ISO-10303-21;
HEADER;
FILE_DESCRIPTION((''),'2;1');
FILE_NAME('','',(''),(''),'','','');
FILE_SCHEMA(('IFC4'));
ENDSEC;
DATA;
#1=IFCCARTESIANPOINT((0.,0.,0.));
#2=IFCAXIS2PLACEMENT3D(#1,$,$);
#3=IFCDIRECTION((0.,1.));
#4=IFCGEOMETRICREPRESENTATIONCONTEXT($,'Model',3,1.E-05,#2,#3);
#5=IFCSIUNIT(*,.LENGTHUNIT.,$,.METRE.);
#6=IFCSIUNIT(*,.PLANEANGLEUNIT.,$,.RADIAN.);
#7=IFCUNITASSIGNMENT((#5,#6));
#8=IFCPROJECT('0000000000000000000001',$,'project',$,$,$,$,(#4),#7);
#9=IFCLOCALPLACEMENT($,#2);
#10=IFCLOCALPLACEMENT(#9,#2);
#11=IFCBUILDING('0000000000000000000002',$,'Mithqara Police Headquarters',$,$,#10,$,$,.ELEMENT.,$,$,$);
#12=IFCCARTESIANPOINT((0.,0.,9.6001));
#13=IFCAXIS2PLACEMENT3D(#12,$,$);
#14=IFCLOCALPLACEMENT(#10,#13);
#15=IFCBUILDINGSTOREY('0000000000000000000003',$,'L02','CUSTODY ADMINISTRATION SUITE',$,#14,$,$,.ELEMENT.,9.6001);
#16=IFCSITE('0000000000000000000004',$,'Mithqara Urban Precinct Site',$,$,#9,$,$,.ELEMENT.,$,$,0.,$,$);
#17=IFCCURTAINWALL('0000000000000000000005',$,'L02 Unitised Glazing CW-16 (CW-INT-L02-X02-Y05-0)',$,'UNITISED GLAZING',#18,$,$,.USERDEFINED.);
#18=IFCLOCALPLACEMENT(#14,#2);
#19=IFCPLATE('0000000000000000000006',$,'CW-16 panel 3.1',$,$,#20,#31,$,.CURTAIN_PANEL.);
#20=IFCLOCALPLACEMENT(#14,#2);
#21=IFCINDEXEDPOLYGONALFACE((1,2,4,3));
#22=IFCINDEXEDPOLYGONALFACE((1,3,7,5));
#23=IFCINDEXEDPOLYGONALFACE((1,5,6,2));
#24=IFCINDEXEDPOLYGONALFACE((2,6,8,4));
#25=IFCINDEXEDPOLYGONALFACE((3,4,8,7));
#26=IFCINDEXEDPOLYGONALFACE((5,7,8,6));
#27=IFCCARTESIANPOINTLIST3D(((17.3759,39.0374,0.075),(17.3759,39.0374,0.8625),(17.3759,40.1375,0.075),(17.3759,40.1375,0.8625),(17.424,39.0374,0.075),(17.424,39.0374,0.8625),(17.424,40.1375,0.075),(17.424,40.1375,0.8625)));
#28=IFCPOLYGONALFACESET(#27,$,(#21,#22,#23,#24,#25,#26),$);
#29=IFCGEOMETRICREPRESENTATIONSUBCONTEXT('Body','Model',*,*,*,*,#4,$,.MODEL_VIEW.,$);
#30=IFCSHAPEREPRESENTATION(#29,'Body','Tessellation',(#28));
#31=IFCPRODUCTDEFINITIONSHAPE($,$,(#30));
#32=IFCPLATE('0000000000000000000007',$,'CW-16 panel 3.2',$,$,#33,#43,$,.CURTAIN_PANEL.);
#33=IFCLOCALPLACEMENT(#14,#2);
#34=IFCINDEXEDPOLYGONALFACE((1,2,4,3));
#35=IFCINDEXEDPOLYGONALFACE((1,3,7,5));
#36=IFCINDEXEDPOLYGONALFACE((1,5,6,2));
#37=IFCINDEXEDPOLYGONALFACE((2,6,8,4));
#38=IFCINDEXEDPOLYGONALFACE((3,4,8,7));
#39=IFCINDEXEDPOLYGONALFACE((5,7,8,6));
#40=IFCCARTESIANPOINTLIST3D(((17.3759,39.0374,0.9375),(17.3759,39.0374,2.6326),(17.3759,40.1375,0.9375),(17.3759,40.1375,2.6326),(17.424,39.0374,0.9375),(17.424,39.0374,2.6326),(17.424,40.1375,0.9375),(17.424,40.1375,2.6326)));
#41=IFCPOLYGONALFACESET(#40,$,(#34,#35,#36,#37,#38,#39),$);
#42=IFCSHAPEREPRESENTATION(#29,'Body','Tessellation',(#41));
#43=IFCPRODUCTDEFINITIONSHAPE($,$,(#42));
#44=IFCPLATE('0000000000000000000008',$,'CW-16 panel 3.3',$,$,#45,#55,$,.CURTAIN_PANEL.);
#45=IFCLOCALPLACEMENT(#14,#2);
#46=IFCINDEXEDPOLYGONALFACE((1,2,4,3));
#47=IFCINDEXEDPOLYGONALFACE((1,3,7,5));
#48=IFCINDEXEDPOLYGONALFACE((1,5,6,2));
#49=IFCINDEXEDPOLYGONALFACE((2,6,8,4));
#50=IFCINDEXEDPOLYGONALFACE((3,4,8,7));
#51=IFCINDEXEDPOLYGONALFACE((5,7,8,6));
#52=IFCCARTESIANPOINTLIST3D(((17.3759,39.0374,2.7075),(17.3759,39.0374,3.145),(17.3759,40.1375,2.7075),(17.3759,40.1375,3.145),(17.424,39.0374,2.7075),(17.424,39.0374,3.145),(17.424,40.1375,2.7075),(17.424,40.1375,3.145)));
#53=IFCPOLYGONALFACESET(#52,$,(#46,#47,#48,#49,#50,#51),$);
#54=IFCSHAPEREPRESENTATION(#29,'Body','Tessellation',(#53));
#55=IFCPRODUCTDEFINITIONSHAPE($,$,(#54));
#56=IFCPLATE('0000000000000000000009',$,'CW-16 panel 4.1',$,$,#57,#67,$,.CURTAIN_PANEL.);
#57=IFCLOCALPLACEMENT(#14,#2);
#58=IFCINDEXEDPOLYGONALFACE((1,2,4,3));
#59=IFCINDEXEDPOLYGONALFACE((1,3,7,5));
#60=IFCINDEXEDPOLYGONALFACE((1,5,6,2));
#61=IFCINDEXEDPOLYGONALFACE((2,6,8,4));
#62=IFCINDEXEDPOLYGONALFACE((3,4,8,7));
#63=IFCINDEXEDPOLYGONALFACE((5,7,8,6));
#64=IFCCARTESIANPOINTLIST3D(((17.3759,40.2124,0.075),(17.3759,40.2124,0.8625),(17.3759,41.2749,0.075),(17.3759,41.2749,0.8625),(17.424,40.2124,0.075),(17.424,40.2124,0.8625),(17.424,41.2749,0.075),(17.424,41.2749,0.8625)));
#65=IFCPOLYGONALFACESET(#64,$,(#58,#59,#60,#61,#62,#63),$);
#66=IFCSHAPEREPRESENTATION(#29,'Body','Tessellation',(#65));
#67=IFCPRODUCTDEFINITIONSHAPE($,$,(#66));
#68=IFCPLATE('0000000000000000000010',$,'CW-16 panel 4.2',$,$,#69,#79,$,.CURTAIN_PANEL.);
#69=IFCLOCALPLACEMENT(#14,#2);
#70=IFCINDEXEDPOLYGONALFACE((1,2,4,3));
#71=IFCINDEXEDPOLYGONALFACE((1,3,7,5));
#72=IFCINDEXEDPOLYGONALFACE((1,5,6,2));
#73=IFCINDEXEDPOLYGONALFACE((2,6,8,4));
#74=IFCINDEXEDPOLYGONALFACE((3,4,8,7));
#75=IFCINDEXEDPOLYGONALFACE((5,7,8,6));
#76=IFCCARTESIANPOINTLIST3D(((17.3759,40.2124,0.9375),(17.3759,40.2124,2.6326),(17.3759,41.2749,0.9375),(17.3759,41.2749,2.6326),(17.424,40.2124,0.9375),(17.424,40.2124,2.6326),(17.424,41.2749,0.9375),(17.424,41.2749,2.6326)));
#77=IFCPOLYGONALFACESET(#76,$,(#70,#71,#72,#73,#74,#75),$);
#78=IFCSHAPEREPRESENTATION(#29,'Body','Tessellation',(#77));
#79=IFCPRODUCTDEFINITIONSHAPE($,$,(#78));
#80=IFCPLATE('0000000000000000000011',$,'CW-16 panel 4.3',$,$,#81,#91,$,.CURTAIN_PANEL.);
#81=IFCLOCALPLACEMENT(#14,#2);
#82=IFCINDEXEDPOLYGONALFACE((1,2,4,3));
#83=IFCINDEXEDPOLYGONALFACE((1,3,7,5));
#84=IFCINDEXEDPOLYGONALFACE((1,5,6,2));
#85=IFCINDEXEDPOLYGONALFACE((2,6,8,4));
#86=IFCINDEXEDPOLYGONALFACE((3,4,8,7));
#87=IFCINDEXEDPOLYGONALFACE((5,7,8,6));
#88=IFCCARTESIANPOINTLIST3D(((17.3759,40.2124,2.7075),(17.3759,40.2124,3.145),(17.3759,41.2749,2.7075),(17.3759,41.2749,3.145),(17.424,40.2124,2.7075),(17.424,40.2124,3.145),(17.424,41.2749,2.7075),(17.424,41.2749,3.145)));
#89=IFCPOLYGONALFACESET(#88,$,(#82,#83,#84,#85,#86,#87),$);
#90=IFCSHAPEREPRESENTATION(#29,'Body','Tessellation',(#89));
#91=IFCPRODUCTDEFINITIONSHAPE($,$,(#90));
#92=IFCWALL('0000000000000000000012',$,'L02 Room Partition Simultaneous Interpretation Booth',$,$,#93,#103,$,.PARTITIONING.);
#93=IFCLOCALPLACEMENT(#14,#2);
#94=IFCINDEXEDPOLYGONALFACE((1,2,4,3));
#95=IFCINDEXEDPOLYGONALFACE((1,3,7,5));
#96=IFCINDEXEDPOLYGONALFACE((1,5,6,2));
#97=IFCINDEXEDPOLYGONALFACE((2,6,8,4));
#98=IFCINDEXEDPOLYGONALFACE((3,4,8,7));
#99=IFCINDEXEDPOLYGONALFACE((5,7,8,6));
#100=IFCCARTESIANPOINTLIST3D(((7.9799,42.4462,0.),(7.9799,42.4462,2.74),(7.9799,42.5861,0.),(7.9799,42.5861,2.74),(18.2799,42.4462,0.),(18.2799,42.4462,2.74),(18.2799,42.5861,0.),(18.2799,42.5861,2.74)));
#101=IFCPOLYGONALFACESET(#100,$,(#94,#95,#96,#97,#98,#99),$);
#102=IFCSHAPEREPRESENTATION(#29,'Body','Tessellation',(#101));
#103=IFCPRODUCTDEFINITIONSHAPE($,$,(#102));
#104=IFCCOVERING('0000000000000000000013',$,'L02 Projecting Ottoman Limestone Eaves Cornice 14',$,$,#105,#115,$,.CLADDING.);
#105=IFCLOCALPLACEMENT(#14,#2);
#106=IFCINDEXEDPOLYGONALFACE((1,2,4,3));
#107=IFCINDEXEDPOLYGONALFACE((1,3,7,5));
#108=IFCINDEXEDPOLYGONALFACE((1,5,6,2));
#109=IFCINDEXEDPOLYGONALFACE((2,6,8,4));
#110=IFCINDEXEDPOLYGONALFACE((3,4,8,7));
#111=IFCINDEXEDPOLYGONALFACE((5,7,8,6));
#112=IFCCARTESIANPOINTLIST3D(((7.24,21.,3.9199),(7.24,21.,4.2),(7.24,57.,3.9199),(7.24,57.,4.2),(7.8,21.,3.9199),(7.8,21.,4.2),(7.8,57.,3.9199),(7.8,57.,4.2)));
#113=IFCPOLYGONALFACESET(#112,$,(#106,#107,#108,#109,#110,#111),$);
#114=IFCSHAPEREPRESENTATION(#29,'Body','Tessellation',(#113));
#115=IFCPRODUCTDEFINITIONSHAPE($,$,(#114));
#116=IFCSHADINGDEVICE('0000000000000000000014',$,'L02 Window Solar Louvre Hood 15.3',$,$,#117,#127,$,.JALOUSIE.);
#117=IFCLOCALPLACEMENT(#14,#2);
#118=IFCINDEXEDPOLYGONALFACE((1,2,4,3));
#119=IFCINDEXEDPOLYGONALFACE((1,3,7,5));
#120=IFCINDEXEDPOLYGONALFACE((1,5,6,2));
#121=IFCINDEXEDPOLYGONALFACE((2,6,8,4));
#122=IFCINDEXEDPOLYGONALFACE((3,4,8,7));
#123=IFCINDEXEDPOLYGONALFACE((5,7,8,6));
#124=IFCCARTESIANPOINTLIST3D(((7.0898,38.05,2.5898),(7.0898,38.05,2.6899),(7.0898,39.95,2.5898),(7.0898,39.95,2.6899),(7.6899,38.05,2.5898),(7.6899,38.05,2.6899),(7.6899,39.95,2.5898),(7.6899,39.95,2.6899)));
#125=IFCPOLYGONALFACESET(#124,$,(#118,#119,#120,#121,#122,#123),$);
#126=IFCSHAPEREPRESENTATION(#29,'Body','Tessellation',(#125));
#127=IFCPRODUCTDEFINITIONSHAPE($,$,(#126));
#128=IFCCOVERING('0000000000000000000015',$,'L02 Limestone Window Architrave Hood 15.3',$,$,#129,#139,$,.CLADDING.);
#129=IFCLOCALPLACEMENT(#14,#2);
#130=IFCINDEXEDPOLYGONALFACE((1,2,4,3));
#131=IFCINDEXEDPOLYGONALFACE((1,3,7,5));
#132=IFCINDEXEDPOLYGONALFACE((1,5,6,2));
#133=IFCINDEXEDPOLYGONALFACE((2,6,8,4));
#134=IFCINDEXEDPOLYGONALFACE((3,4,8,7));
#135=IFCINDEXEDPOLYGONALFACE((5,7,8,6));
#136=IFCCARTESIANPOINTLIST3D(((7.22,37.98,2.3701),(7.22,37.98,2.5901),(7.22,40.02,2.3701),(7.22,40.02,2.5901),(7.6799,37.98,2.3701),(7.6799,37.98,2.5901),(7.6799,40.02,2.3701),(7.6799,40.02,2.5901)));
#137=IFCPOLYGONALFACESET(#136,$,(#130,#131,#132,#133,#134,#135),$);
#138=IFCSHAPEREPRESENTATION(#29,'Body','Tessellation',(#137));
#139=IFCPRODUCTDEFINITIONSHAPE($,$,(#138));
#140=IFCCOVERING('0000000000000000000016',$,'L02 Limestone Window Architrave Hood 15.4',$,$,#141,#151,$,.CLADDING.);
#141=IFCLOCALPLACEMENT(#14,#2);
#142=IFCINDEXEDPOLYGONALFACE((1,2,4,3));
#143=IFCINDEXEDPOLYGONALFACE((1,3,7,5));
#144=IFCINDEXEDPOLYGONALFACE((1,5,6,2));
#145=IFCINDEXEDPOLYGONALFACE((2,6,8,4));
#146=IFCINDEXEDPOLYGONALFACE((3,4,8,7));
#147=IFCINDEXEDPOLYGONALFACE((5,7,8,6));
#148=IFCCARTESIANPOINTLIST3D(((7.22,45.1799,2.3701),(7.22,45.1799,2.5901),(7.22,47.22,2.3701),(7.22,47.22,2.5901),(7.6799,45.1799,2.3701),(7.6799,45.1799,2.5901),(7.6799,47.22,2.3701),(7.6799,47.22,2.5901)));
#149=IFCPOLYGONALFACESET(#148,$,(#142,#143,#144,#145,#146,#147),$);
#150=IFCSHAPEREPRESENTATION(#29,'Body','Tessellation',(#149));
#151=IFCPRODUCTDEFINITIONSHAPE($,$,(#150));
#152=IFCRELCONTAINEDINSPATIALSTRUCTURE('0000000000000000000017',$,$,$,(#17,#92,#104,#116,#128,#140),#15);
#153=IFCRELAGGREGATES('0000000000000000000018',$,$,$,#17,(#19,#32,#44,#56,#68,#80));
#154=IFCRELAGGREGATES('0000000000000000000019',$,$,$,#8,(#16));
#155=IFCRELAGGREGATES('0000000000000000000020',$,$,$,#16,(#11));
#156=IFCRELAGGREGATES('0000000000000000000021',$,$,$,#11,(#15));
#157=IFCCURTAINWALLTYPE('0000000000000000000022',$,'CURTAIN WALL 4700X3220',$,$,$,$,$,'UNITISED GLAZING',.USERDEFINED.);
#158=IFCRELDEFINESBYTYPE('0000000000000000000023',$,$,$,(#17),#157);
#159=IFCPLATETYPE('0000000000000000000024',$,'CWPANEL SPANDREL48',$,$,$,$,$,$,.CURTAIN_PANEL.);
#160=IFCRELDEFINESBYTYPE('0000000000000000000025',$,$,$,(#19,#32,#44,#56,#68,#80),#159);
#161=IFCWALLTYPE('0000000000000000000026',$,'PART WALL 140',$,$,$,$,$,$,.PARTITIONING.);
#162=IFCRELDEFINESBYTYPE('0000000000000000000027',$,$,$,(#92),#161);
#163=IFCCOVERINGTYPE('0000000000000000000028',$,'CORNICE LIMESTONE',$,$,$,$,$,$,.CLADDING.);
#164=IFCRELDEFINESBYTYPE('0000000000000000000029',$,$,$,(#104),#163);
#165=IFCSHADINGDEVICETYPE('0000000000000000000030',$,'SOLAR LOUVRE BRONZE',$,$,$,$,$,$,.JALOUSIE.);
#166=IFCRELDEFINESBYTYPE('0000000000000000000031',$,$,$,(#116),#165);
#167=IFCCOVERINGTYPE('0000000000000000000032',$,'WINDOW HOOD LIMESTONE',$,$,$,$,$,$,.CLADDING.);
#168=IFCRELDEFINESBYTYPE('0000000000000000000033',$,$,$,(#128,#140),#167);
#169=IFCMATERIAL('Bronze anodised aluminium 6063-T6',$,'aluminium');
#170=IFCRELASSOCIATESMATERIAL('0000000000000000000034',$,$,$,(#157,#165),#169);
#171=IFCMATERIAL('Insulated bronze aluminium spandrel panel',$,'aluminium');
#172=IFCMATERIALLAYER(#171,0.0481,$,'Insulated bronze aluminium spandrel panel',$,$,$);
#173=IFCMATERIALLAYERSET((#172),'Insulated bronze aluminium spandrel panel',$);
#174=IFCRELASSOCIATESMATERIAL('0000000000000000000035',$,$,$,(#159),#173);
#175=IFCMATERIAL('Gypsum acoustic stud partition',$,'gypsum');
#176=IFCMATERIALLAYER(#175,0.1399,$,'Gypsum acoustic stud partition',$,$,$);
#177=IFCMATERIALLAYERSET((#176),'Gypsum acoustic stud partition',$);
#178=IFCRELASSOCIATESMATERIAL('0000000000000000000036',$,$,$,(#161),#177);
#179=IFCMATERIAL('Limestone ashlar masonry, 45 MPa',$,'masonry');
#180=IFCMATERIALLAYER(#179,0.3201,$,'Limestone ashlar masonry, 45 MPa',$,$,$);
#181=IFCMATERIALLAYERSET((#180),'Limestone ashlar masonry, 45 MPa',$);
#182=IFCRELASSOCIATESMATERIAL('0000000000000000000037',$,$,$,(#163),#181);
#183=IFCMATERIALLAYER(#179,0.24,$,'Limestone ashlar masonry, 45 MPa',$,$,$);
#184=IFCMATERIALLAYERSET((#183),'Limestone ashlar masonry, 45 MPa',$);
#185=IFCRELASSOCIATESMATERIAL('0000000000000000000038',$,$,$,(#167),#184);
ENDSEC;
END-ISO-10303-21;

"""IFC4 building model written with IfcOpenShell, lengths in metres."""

from ifc_helpers import new_model, si_unit, direction, frame, frame_2d, origin, origin_2d, place, context, subcontext, project, spatial, rectangle, extrude, material, layer, layer_set, type_object, element, aggregate, save


model = new_model("IFC4")

# Units and contexts
model_context = context("Model", 3, precision=1e-05, world=origin(), true_north=direction((0.0, 1.0)))
body_context = subcontext(model_context, "Body", "Model", "MODEL_VIEW")
ifc_project = project(units=[si_unit("LENGTHUNIT", "METRE"), si_unit("PLANEANGLEUNIT", "RADIAN")], contexts=[model_context])

# Site, building, storey
site_placement = place(None, origin())
site = spatial("IfcSite", under=ifc_project, at=site_placement, Name="Mithqara Urban Precinct Site", CompositionType="ELEMENT", RefElevation=0.0)
building_placement = place(site_placement, origin())
building = spatial("IfcBuilding", under=site, at=building_placement, Name="Mithqara Police Headquarters", CompositionType="ELEMENT")
storey_placement = place(building_placement, frame((0.0, 0.0, 9.6001)))
storey = spatial("IfcBuildingStorey", under=building, at=storey_placement, Name="L02", Description="CUSTODY ADMINISTRATION SUITE", CompositionType="ELEMENT", Elevation=9.6001)

# Curtain wall
ifc_material_1 = material(Name="Bronze anodised aluminium 6063-T6", Category="aluminium")
curtain_wall_type = type_object("IfcCurtainWallType", Name="CURTAIN WALL 4700X3220", ElementType="UNITISED GLAZING", PredefinedType="USERDEFINED", material=ifc_material_1)
curtain_wall_placement = place(storey_placement, origin())
curtain_wall = element("IfcCurtainWall", 1, at=curtain_wall_placement, inside=storey, type_object=curtain_wall_type, Name="L02 Unitised Glazing CW-16 (CW-INT-L02-X02-Y05-0)", ObjectType="UNITISED GLAZING", PredefinedType="USERDEFINED")

# Plates
ifc_material_2 = material(Name="Insulated bronze aluminium spandrel panel", Category="aluminium")
ifc_layer_1 = layer(ifc_material_2, 0.0481, Name="Insulated bronze aluminium spandrel panel")
ifc_layer_set_1 = layer_set([ifc_layer_1], Name="Insulated bronze aluminium spandrel panel")
plate_type = type_object("IfcPlateType", Name="CWPANEL SPANDREL48", PredefinedType="CURTAIN_PANEL", material=ifc_layer_set_1)
plate_1_placement = place(storey_placement, frame((17.3999, 39.5874, 0.075), z_axis=(0.0, 0.0, 1.0), x_axis=(0.0, 1.0, 0.0)))
plate_1 = element("IfcPlate", 2, at=plate_1_placement, type_object=plate_type, Name="CW-16 panel 3.1", PredefinedType="CURTAIN_PANEL", context=body_context, shape_type="SweptSolid", body=[
    extrude(rectangle(XDim=1.1001, YDim=0.0481, at=origin_2d()), origin(), (0.0, 0.0, 1.0), 0.7876),
])
plate_2_placement = place(storey_placement, frame((17.3999, 39.5874, 0.9375), z_axis=(0.0, 0.0, 1.0), x_axis=(0.0, 1.0, 0.0)))
plate_2 = element("IfcPlate", 3, at=plate_2_placement, type_object=plate_type, Name="CW-16 panel 3.2", PredefinedType="CURTAIN_PANEL", context=body_context, shape_type="SweptSolid", body=[
    extrude(rectangle(XDim=1.1001, YDim=0.0481, at=origin_2d()), origin(), (0.0, 0.0, 1.0), 1.6951),
])
plate_3_placement = place(storey_placement, frame((17.3999, 39.5874, 2.7075), z_axis=(0.0, 0.0, 1.0), x_axis=(0.0, 1.0, 0.0)))
plate_3 = element("IfcPlate", 4, at=plate_3_placement, type_object=plate_type, Name="CW-16 panel 3.3", PredefinedType="CURTAIN_PANEL", context=body_context, shape_type="SweptSolid", body=[
    extrude(rectangle(XDim=1.1001, YDim=0.0481, at=origin_2d()), origin(), (0.0, 0.0, 1.0), 0.4375),
])
plate_4_placement = place(storey_placement, frame((17.3999, 40.7437, 0.075), z_axis=(0.0, 0.0, 1.0), x_axis=(0.0, 1.0, 0.0)))
plate_4 = element("IfcPlate", 5, at=plate_4_placement, type_object=plate_type, Name="CW-16 panel 4.1", PredefinedType="CURTAIN_PANEL", context=body_context, shape_type="SweptSolid", body=[
    extrude(rectangle(XDim=1.0625, YDim=0.0481, at=origin_2d()), origin(), (0.0, 0.0, 1.0), 0.7876),
])
plate_5_placement = place(storey_placement, frame((17.3999, 40.7437, 0.9375), z_axis=(0.0, 0.0, 1.0), x_axis=(0.0, 1.0, 0.0)))
plate_5 = element("IfcPlate", 6, at=plate_5_placement, type_object=plate_type, Name="CW-16 panel 4.2", PredefinedType="CURTAIN_PANEL", context=body_context, shape_type="SweptSolid", body=[
    extrude(rectangle(XDim=1.0625, YDim=0.0481, at=origin_2d()), origin(), (0.0, 0.0, 1.0), 1.6951),
])
plate_6_placement = place(storey_placement, frame((17.3999, 40.7437, 2.7075), z_axis=(0.0, 0.0, 1.0), x_axis=(0.0, 1.0, 0.0)))
plate_6 = element("IfcPlate", 7, at=plate_6_placement, type_object=plate_type, Name="CW-16 panel 4.3", PredefinedType="CURTAIN_PANEL", context=body_context, shape_type="SweptSolid", body=[
    extrude(rectangle(XDim=1.0625, YDim=0.0481, at=origin_2d()), origin(), (0.0, 0.0, 1.0), 0.4375),
])
aggregate(curtain_wall, [plate_1, plate_2, plate_3, plate_4, plate_5, plate_6])

# Wall
ifc_material_3 = material(Name="Gypsum acoustic stud partition", Category="gypsum")
ifc_layer_2 = layer(ifc_material_3, 0.1399, Name="Gypsum acoustic stud partition")
ifc_layer_set_2 = layer_set([ifc_layer_2], Name="Gypsum acoustic stud partition")
wall_type = type_object("IfcWallType", Name="PART WALL 140", PredefinedType="PARTITIONING", material=ifc_layer_set_2)
wall_placement = place(storey_placement, frame((7.98, 42.5161, 0.0), z_axis=(0.0, 0.0, 1.0), x_axis=(1.0, 0.0, 0.0)))
element("IfcWall", 8, at=wall_placement, inside=storey, type_object=wall_type, Name="L02 Room Partition Simultaneous Interpretation Booth", PredefinedType="PARTITIONING", context=body_context, shape_type="SweptSolid", body=[
    extrude(rectangle(XDim=10.3, YDim=0.1399, at=frame_2d((5.1499, 0.0))), origin(), (0.0, 0.0, 1.0), 2.74),
])

# Covering
ifc_material_4 = material(Name="Limestone ashlar masonry, 45 MPa", Category="masonry")
ifc_layer_3 = layer(ifc_material_4, 0.3201, Name="Limestone ashlar masonry, 45 MPa")
ifc_layer_set_3 = layer_set([ifc_layer_3], Name="Limestone ashlar masonry, 45 MPa")
covering_type_1 = type_object("IfcCoveringType", Name="CORNICE LIMESTONE", PredefinedType="CLADDING", material=ifc_layer_set_3)
covering_placement = place(storey_placement, frame((7.52, 39.0, 3.9199), z_axis=(0.0, 0.0, 1.0), x_axis=(0.0, 1.0, 0.0)))
element("IfcCovering", 9, at=covering_placement, inside=storey, type_object=covering_type_1, Name="L02 Projecting Ottoman Limestone Eaves Cornice 14", PredefinedType="CLADDING", context=body_context, shape_type="SweptSolid", body=[
    extrude(rectangle(XDim=36.0, YDim=0.5601, at=origin_2d()), origin(), (0.0, 0.0, 1.0), 0.28),
])

# Shading device
shading_device_type = type_object("IfcShadingDeviceType", Name="SOLAR LOUVRE BRONZE", PredefinedType="JALOUSIE", material=ifc_material_1)
shading_device_placement = place(storey_placement, frame((7.3899, 39.0, 2.5898), z_axis=(0.0, 0.0, 1.0), x_axis=(0.0, 1.0, 0.0)))
element("IfcShadingDevice", 10, at=shading_device_placement, inside=storey, type_object=shading_device_type, Name="L02 Window Solar Louvre Hood 15.3", PredefinedType="JALOUSIE", context=body_context, shape_type="SweptSolid", body=[
    extrude(rectangle(XDim=1.8999, YDim=0.6001, at=origin_2d()), origin(), (0.0, 0.0, 1.0), 0.1001),
])

# Coverings
ifc_layer_4 = layer(ifc_material_4, 0.24, Name="Limestone ashlar masonry, 45 MPa")
ifc_layer_set_4 = layer_set([ifc_layer_4], Name="Limestone ashlar masonry, 45 MPa")
covering_type_2 = type_object("IfcCoveringType", Name="WINDOW HOOD LIMESTONE", PredefinedType="CLADDING", material=ifc_layer_set_4)
for number, where, z_axis, x_axis, name in (
    (11, (7.45, 39.0, 2.3701), (0.0, 0.0, 1.0), (0.0, 1.0, 0.0), "L02 Limestone Window Architrave Hood 15.3"),
    (12, (7.45, 46.2, 2.3701), (0.0, 0.0, 1.0), (0.0, 1.0, 0.0), "L02 Limestone Window Architrave Hood 15.4"),
):
    element("IfcCovering", number, at=place(storey_placement, frame(where, z_axis=z_axis, x_axis=x_axis)), inside=storey, type_object=covering_type_2, Name=name, PredefinedType="CLADDING", context=body_context, shape_type="SweptSolid", body=[
        extrude(rectangle(XDim=2.04, YDim=0.46, at=origin_2d()), origin(), (0.0, 0.0, 1.0), 0.22),
    ])

save(model, "model.ifc")
